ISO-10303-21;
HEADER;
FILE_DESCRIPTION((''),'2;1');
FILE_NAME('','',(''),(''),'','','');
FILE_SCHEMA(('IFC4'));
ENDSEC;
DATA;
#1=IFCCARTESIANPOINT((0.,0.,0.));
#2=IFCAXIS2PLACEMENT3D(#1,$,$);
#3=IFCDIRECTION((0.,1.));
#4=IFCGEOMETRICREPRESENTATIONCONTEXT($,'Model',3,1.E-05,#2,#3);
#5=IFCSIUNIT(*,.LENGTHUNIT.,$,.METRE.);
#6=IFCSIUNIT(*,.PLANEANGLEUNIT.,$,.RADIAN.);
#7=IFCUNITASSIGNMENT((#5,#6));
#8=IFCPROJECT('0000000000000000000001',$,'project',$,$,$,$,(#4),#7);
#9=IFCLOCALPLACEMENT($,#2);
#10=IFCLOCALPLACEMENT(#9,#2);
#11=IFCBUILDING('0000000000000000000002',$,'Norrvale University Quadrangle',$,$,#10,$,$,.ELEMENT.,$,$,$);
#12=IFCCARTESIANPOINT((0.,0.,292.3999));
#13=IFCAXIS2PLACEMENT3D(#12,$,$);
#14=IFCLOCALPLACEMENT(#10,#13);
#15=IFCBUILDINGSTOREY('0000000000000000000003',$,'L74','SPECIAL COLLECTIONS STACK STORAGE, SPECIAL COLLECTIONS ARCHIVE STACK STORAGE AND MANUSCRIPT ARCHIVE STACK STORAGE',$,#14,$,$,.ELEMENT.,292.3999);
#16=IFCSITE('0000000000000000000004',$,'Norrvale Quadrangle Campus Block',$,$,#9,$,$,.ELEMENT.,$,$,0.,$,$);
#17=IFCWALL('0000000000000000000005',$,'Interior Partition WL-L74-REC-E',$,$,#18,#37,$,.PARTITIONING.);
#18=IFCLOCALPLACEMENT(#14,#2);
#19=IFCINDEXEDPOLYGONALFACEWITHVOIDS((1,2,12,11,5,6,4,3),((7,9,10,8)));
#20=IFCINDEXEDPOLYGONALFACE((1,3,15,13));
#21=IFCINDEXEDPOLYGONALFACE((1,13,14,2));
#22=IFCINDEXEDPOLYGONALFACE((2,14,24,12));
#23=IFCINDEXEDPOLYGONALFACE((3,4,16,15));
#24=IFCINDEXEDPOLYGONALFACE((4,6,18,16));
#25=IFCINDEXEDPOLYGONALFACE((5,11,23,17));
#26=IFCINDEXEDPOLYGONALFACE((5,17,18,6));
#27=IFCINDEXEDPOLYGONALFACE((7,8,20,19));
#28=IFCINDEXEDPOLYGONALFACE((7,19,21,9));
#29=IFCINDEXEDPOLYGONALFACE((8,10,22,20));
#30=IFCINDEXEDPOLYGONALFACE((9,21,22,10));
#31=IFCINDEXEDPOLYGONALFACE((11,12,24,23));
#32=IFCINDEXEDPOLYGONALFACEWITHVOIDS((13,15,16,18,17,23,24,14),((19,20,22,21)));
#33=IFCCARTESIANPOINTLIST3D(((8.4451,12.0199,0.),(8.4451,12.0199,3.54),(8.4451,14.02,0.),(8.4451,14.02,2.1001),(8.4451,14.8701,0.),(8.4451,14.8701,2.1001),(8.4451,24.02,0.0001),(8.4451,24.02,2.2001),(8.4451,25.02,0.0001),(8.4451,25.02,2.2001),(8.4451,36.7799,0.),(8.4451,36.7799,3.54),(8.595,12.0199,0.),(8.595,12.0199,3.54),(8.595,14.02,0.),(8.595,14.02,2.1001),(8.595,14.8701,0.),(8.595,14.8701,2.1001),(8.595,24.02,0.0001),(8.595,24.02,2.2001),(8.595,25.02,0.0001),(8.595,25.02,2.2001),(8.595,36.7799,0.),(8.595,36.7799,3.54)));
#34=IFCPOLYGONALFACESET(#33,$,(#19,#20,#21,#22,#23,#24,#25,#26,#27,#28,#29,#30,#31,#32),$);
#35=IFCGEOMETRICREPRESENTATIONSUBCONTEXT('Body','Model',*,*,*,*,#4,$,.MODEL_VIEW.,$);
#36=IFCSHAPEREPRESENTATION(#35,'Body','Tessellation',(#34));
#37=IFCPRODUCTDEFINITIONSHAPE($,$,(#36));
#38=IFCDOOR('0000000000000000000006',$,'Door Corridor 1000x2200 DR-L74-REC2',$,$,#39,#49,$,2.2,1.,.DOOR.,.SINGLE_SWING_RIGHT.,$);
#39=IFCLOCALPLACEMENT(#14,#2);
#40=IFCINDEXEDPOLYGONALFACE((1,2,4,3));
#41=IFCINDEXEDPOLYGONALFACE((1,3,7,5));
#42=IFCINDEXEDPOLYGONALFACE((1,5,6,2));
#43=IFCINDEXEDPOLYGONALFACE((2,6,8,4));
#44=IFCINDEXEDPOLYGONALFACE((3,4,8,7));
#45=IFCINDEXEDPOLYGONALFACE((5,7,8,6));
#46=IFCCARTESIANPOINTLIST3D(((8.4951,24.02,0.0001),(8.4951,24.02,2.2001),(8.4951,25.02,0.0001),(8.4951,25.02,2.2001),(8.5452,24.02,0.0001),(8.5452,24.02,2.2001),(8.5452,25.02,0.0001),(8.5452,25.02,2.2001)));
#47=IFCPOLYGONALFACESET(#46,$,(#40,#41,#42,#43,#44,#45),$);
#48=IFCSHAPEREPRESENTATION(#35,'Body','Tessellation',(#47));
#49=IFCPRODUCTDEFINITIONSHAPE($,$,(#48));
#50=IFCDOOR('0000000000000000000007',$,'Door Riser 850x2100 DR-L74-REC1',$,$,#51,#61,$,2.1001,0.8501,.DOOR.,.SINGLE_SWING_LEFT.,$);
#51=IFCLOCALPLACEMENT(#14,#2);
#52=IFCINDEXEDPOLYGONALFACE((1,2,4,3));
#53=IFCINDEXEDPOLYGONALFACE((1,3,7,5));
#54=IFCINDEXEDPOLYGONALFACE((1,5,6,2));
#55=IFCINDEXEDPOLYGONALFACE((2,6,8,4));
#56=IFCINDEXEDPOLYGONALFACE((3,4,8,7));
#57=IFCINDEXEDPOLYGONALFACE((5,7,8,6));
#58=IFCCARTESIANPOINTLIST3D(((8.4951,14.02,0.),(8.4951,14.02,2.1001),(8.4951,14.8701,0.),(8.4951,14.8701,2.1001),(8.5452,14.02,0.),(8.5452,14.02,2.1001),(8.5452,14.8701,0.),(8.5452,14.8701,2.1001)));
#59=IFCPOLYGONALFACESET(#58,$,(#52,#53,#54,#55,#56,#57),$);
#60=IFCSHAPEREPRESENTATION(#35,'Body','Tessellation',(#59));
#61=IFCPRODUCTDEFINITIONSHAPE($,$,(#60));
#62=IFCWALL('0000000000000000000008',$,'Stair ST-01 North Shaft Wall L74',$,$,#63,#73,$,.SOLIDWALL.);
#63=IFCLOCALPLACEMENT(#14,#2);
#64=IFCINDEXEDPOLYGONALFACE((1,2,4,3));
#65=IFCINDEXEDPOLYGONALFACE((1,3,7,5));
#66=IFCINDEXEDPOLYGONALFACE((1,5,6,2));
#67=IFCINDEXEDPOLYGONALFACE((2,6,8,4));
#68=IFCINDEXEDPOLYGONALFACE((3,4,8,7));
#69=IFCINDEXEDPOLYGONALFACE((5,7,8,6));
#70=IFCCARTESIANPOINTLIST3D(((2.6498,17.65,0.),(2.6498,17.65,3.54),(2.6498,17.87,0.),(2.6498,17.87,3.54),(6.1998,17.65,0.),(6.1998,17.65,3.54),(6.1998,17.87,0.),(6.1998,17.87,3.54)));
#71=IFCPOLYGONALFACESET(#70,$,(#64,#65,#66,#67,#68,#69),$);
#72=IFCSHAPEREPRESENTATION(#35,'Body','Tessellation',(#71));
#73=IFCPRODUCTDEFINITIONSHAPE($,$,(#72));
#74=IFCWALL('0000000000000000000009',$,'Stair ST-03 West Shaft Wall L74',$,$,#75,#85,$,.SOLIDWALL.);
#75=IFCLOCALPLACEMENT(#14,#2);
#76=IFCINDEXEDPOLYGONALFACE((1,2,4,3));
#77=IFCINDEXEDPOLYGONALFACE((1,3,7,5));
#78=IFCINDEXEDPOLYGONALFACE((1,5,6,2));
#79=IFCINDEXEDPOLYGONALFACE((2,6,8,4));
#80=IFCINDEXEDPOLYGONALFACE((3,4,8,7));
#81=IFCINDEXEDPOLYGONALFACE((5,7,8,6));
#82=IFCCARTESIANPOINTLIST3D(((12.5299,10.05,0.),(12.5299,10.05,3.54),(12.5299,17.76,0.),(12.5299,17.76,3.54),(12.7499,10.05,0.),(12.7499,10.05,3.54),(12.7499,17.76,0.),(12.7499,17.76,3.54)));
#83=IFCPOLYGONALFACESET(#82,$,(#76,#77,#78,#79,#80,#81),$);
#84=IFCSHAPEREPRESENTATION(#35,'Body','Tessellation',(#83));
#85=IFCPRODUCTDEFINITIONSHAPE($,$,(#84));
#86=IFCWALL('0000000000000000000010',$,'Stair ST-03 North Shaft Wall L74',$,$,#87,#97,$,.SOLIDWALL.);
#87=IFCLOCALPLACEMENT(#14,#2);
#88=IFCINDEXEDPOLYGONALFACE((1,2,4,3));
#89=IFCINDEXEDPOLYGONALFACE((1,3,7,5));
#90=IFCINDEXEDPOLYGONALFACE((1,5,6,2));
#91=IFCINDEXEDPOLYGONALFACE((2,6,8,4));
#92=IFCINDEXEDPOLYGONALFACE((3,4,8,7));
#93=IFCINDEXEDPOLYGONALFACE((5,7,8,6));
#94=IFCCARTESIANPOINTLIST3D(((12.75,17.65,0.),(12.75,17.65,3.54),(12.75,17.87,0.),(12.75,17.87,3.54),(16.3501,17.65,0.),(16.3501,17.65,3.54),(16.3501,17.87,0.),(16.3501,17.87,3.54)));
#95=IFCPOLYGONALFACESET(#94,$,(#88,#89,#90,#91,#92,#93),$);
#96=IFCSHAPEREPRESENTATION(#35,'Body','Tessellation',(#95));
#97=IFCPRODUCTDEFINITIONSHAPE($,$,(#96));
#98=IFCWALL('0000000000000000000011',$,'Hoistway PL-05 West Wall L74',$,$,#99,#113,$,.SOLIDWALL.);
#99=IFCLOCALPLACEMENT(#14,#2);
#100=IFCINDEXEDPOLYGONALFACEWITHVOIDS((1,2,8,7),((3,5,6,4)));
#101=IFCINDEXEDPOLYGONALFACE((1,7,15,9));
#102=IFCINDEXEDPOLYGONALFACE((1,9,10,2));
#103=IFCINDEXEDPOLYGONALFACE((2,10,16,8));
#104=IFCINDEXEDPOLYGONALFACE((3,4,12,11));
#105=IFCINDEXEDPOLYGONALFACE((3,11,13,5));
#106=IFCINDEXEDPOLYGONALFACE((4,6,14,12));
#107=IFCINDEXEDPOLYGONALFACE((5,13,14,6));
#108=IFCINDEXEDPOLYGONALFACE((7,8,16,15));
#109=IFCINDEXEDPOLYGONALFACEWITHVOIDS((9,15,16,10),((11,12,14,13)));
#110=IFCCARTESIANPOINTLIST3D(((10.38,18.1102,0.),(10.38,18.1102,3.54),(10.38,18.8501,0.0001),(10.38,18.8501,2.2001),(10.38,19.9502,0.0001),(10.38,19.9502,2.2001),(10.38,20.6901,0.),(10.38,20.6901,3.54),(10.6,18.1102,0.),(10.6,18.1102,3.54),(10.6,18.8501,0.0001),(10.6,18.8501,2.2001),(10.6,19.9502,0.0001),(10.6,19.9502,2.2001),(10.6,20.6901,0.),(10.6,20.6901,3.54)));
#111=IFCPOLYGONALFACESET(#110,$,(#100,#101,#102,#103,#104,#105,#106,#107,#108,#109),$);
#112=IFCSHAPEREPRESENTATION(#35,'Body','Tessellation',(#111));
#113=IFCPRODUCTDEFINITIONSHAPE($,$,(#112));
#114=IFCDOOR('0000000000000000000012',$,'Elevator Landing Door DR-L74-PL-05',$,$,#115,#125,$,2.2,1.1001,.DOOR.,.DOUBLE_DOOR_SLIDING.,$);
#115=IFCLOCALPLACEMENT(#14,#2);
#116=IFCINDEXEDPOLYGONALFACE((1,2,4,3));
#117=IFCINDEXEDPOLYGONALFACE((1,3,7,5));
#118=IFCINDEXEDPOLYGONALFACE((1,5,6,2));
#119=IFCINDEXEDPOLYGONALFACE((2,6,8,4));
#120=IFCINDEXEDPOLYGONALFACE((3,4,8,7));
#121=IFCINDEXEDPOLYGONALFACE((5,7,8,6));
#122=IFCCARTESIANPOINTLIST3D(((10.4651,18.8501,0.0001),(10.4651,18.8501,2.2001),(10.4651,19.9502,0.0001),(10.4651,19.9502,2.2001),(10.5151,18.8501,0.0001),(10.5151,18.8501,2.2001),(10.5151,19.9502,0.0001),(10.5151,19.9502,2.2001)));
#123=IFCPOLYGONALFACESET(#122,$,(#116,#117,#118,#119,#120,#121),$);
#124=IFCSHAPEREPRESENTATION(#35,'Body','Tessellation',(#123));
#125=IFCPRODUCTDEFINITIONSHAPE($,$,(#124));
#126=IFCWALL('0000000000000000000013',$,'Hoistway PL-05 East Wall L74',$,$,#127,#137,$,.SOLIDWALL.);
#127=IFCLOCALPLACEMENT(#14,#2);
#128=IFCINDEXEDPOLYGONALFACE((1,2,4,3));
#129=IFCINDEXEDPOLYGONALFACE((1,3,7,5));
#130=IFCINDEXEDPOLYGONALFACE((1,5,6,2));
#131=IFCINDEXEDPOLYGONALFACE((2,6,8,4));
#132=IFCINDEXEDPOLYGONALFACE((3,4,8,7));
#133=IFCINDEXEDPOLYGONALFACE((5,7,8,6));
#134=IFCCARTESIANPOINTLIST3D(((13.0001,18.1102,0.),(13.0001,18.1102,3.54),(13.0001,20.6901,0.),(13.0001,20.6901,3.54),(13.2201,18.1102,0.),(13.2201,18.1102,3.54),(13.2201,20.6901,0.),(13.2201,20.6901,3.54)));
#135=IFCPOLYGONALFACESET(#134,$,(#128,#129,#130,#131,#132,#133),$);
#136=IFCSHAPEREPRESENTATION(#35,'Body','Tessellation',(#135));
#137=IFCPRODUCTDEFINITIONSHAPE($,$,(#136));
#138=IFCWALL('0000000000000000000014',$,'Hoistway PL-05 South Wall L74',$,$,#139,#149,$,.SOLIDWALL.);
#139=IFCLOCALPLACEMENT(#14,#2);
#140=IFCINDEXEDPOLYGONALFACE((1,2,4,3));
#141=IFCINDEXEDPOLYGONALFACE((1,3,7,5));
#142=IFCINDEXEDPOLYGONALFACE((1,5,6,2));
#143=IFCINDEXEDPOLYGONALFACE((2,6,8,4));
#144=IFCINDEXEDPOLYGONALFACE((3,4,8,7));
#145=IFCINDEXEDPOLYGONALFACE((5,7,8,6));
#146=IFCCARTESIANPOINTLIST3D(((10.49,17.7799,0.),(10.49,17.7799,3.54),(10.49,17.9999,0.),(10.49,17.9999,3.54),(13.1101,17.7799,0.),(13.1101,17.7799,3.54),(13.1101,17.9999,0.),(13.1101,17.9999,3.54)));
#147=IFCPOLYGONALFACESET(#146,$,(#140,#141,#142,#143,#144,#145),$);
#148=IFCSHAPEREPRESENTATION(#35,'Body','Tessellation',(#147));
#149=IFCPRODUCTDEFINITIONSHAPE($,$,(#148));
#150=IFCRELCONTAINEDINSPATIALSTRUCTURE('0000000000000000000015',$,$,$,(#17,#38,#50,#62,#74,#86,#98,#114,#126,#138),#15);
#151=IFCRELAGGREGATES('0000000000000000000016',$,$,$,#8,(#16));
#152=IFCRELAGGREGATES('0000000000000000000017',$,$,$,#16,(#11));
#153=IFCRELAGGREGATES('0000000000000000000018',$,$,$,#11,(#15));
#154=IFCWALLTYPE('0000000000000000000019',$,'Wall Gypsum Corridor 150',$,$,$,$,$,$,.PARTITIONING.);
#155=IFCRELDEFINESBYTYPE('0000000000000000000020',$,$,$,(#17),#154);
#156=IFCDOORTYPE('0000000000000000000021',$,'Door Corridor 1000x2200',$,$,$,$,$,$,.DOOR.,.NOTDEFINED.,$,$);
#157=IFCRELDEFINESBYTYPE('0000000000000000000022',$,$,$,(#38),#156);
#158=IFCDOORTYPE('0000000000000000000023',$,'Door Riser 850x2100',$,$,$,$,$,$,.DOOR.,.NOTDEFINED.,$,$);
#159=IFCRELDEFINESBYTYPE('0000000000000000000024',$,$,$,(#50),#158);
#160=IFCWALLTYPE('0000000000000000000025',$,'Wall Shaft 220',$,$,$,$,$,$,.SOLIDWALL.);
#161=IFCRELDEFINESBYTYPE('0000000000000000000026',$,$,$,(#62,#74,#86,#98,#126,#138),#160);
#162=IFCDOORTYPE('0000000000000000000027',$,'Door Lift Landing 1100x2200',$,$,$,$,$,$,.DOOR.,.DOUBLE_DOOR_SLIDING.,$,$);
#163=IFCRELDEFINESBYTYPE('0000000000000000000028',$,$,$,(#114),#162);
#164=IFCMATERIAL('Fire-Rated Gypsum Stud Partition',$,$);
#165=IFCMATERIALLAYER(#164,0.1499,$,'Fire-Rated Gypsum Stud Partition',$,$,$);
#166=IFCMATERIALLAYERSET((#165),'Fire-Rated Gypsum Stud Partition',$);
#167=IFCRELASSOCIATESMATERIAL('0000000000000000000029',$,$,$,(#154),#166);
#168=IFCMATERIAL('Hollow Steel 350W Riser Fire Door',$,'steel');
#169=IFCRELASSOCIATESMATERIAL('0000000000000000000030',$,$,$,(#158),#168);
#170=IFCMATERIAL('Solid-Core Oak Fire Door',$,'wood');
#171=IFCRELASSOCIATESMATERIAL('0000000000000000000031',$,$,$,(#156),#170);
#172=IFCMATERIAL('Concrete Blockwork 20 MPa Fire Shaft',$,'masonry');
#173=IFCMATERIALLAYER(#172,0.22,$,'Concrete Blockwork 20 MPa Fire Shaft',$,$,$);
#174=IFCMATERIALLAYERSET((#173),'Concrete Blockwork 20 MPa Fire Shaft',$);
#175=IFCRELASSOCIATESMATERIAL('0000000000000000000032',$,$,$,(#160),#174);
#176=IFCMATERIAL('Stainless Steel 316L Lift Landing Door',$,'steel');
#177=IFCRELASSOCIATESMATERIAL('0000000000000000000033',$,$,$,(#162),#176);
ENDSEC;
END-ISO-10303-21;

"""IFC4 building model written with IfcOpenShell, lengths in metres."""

from ifc_helpers import new_model, si_unit, direction, frame, frame_2d, origin, place, context, subcontext, project, spatial, rectangle, extrude, material, layer, layer_set, type_object, element, fill, save


model = new_model("IFC4")

# Units and contexts
model_context = context("Model", 3, precision=1e-05, world=origin(), true_north=direction((0.0, 1.0)))
body_context = subcontext(model_context, "Body", "Model", "MODEL_VIEW")
ifc_project = project(units=[si_unit("LENGTHUNIT", "METRE"), si_unit("PLANEANGLEUNIT", "RADIAN")], contexts=[model_context])

# Site, building, storey
site_placement = place(None, origin())
site = spatial("IfcSite", under=ifc_project, at=site_placement, Name="Norrvale Quadrangle Campus Block", CompositionType="ELEMENT", RefElevation=0.0)
building_placement = place(site_placement, origin())
building = spatial("IfcBuilding", under=site, at=building_placement, Name="Norrvale University Quadrangle", CompositionType="ELEMENT")
storey_placement = place(building_placement, frame((0.0, 0.0, 292.3999)))
storey = spatial("IfcBuildingStorey", under=building, at=storey_placement, Name="L74", Description="SPECIAL COLLECTIONS STACK STORAGE, SPECIAL COLLECTIONS ARCHIVE STACK STORAGE AND MANUSCRIPT ARCHIVE STACK STORAGE", CompositionType="ELEMENT", Elevation=292.3999)

# Shared definitions
ifc_material_1 = material(Name="Fire-Rated Gypsum Stud Partition")
ifc_layer_1 = layer(ifc_material_1, 0.1499, Name="Fire-Rated Gypsum Stud Partition")
ifc_layer_set_1 = layer_set([ifc_layer_1], Name="Fire-Rated Gypsum Stud Partition")
wall_type_1 = type_object("IfcWallType", Name="Wall Gypsum Corridor 150", PredefinedType="PARTITIONING", material=ifc_layer_set_1)
ifc_material_2 = material(Name="Hollow Steel 350W Riser Fire Door", Category="steel")
door_type_1 = type_object("IfcDoorType", Name="Door Riser 850x2100", OperationType="NOTDEFINED", PredefinedType="DOOR", material=ifc_material_2)

# Wall, openings, doors
wall_1_placement = place(storey_placement, frame((8.52, 12.02, 0.0), z_axis=(0.0, 0.0, 1.0), x_axis=(0.0, 1.0, 0.0)))
wall_1 = element("IfcWall", 1, at=wall_1_placement, inside=storey, type_object=wall_type_1, Name="Interior Partition WL-L74-REC-E", PredefinedType="PARTITIONING", context=body_context, shape_type="SweptSolid", body=[
    extrude(rectangle(XDim=24.76, YDim=0.1499, at=frame_2d((12.3799, 0.0))), origin(), (0.0, 0.0, 1.0), 3.54),
])
opening_1_placement = place(wall_1_placement, frame((2.0, 0.0, 0.0)))
opening_1 = element("IfcOpeningElement", 2, at=opening_1_placement, cuts=wall_1, PredefinedType="OPENING", context=body_context, shape_type="SweptSolid", body=[
    extrude(rectangle(XDim=0.8501, YDim=2.1001, at=frame_2d((0.425, 1.05))), frame((0.0, 0.0869, 0.0), z_axis=(0.0, -1.0, 0.0), x_axis=(1.0, 0.0, 0.0)), (0.0, 0.0, 1.0), 0.1738),
])
opening_2_placement = place(wall_1_placement, frame((12.0, 0.0, 0.0)))
opening_2 = element("IfcOpeningElement", 3, at=opening_2_placement, cuts=wall_1, PredefinedType="OPENING", context=body_context, shape_type="SweptSolid", body=[
    extrude(rectangle(XDim=1.0, YDim=2.2, at=frame_2d((0.5, 1.1001))), frame((0.0, 0.0869, 0.0), z_axis=(0.0, -1.0, 0.0), x_axis=(1.0, 0.0, 0.0)), (0.0, 0.0, 1.0), 0.1738),
])
ifc_material_3 = material(Name="Solid-Core Oak Fire Door", Category="wood")
door_type_2 = type_object("IfcDoorType", Name="Door Corridor 1000x2200", OperationType="NOTDEFINED", PredefinedType="DOOR", material=ifc_material_3)
door_1_placement = place(opening_2_placement, origin())
door_1 = element("IfcDoor", 4, at=door_1_placement, inside=storey, type_object=door_type_2, Name="Door Corridor 1000x2200 DR-L74-REC2", OperationType="SINGLE_SWING_RIGHT", OverallHeight=2.2, OverallWidth=1.0, PredefinedType="DOOR", context=body_context, shape_type="SweptSolid", body=[
    extrude(rectangle(XDim=1.0, YDim=2.2, at=frame_2d((0.5, 1.1001))), frame((0.0, 0.0249, 0.0), z_axis=(0.0, -1.0, 0.0), x_axis=(1.0, 0.0, 0.0)), (0.0, 0.0, 1.0), 0.05),
])
fill(opening_2, door_1)
door_2_placement = place(opening_1_placement, origin())
door_2 = element("IfcDoor", 5, at=door_2_placement, inside=storey, type_object=door_type_1, Name="Door Riser 850x2100 DR-L74-REC1", OperationType="SINGLE_SWING_LEFT", OverallHeight=2.1001, OverallWidth=0.8501, PredefinedType="DOOR", context=body_context, shape_type="SweptSolid", body=[
    extrude(rectangle(XDim=0.8501, YDim=2.1001, at=frame_2d((0.425, 1.05))), frame((0.0, 0.0249, 0.0), z_axis=(0.0, -1.0, 0.0), x_axis=(1.0, 0.0, 0.0)), (0.0, 0.0, 1.0), 0.05),
])
fill(opening_1, door_2)

# Walls
ifc_material_4 = material(Name="Concrete Blockwork 20 MPa Fire Shaft", Category="masonry")
ifc_layer_2 = layer(ifc_material_4, 0.22, Name="Concrete Blockwork 20 MPa Fire Shaft")
ifc_layer_set_2 = layer_set([ifc_layer_2], Name="Concrete Blockwork 20 MPa Fire Shaft")
wall_type_2 = type_object("IfcWallType", Name="Wall Shaft 220", PredefinedType="SOLIDWALL", material=ifc_layer_set_2)
wall_2_placement = place(storey_placement, frame((2.6499, 17.76, 0.0), z_axis=(0.0, 0.0, 1.0), x_axis=(1.0, 0.0, 0.0)))
element("IfcWall", 6, at=wall_2_placement, inside=storey, type_object=wall_type_2, Name="Stair ST-01 North Shaft Wall L74", PredefinedType="SOLIDWALL", context=body_context, shape_type="SweptSolid", body=[
    extrude(rectangle(XDim=3.55, YDim=0.22, at=frame_2d((1.7749, 0.0))), origin(), (0.0, 0.0, 1.0), 3.54),
])
wall_3_placement = place(storey_placement, frame((12.6399, 10.05, 0.0), z_axis=(0.0, 0.0, 1.0), x_axis=(0.0, 1.0, 0.0)))
element("IfcWall", 7, at=wall_3_placement, inside=storey, type_object=wall_type_2, Name="Stair ST-03 West Shaft Wall L74", PredefinedType="SOLIDWALL", context=body_context, shape_type="SweptSolid", body=[
    extrude(rectangle(XDim=7.71, YDim=0.22, at=frame_2d((3.855, 0.0))), origin(), (0.0, 0.0, 1.0), 3.54),
])
wall_4_placement = place(storey_placement, frame((12.75, 17.76, 0.0), z_axis=(0.0, 0.0, 1.0), x_axis=(1.0, 0.0, 0.0)))
element("IfcWall", 8, at=wall_4_placement, inside=storey, type_object=wall_type_2, Name="Stair ST-03 North Shaft Wall L74", PredefinedType="SOLIDWALL", context=body_context, shape_type="SweptSolid", body=[
    extrude(rectangle(XDim=3.6001, YDim=0.22, at=frame_2d((1.8, 0.0))), origin(), (0.0, 0.0, 1.0), 3.54),
])

# Wall, opening, door
wall_5_placement = place(storey_placement, frame((10.49, 18.1101, 0.0), z_axis=(0.0, 0.0, 1.0), x_axis=(0.0, 1.0, 0.0)))
wall_5 = element("IfcWall", 9, at=wall_5_placement, inside=storey, type_object=wall_type_2, Name="Hoistway PL-05 West Wall L74", PredefinedType="SOLIDWALL", context=body_context, shape_type="SweptSolid", body=[
    extrude(rectangle(XDim=2.5798, YDim=0.22, at=frame_2d((1.29, 0.0))), origin(), (0.0, 0.0, 1.0), 3.54),
])
opening_3_placement = place(wall_5_placement, frame((0.74, 0.0, 0.0)))
opening_3 = element("IfcOpeningElement", 10, at=opening_3_placement, cuts=wall_5, PredefinedType="OPENING", context=body_context, shape_type="SweptSolid", body=[
    extrude(rectangle(XDim=1.1001, YDim=2.2, at=frame_2d((0.55, 1.1001))), frame((0.0, 0.1221, 0.0), z_axis=(0.0, -1.0, 0.0), x_axis=(1.0, 0.0, 0.0)), (0.0, 0.0, 1.0), 0.2439),
])
ifc_material_5 = material(Name="Stainless Steel 316L Lift Landing Door", Category="steel")
door_type_3 = type_object("IfcDoorType", Name="Door Lift Landing 1100x2200", OperationType="DOUBLE_DOOR_SLIDING", PredefinedType="DOOR", material=ifc_material_5)
door_3_placement = place(opening_3_placement, origin())
door_3 = element("IfcDoor", 11, at=door_3_placement, inside=storey, type_object=door_type_3, Name="Elevator Landing Door DR-L74-PL-05", OperationType="DOUBLE_DOOR_SLIDING", OverallHeight=2.2, OverallWidth=1.1001, PredefinedType="DOOR", context=body_context, shape_type="SweptSolid", body=[
    extrude(rectangle(XDim=1.1001, YDim=2.2, at=frame_2d((0.55, 1.1001))), frame((0.0, 0.0249, 0.0), z_axis=(0.0, -1.0, 0.0), x_axis=(1.0, 0.0, 0.0)), (0.0, 0.0, 1.0), 0.05),
])
fill(opening_3, door_3)

# Walls
wall_6_placement = place(storey_placement, frame((13.1101, 18.1101, 0.0), z_axis=(0.0, 0.0, 1.0), x_axis=(0.0, 1.0, 0.0)))
element("IfcWall", 12, at=wall_6_placement, inside=storey, type_object=wall_type_2, Name="Hoistway PL-05 East Wall L74", PredefinedType="SOLIDWALL", context=body_context, shape_type="SweptSolid", body=[
    extrude(rectangle(XDim=2.5798, YDim=0.22, at=frame_2d((1.29, 0.0))), origin(), (0.0, 0.0, 1.0), 3.54),
])
wall_7_placement = place(storey_placement, frame((10.49, 17.8899, 0.0), z_axis=(0.0, 0.0, 1.0), x_axis=(1.0, 0.0, 0.0)))
element("IfcWall", 13, at=wall_7_placement, inside=storey, type_object=wall_type_2, Name="Hoistway PL-05 South Wall L74", PredefinedType="SOLIDWALL", context=body_context, shape_type="SweptSolid", body=[
    extrude(rectangle(XDim=2.6201, YDim=0.22, at=frame_2d((1.3101, 0.0))), origin(), (0.0, 0.0, 1.0), 3.54),
])

save(model, "model.ifc")
